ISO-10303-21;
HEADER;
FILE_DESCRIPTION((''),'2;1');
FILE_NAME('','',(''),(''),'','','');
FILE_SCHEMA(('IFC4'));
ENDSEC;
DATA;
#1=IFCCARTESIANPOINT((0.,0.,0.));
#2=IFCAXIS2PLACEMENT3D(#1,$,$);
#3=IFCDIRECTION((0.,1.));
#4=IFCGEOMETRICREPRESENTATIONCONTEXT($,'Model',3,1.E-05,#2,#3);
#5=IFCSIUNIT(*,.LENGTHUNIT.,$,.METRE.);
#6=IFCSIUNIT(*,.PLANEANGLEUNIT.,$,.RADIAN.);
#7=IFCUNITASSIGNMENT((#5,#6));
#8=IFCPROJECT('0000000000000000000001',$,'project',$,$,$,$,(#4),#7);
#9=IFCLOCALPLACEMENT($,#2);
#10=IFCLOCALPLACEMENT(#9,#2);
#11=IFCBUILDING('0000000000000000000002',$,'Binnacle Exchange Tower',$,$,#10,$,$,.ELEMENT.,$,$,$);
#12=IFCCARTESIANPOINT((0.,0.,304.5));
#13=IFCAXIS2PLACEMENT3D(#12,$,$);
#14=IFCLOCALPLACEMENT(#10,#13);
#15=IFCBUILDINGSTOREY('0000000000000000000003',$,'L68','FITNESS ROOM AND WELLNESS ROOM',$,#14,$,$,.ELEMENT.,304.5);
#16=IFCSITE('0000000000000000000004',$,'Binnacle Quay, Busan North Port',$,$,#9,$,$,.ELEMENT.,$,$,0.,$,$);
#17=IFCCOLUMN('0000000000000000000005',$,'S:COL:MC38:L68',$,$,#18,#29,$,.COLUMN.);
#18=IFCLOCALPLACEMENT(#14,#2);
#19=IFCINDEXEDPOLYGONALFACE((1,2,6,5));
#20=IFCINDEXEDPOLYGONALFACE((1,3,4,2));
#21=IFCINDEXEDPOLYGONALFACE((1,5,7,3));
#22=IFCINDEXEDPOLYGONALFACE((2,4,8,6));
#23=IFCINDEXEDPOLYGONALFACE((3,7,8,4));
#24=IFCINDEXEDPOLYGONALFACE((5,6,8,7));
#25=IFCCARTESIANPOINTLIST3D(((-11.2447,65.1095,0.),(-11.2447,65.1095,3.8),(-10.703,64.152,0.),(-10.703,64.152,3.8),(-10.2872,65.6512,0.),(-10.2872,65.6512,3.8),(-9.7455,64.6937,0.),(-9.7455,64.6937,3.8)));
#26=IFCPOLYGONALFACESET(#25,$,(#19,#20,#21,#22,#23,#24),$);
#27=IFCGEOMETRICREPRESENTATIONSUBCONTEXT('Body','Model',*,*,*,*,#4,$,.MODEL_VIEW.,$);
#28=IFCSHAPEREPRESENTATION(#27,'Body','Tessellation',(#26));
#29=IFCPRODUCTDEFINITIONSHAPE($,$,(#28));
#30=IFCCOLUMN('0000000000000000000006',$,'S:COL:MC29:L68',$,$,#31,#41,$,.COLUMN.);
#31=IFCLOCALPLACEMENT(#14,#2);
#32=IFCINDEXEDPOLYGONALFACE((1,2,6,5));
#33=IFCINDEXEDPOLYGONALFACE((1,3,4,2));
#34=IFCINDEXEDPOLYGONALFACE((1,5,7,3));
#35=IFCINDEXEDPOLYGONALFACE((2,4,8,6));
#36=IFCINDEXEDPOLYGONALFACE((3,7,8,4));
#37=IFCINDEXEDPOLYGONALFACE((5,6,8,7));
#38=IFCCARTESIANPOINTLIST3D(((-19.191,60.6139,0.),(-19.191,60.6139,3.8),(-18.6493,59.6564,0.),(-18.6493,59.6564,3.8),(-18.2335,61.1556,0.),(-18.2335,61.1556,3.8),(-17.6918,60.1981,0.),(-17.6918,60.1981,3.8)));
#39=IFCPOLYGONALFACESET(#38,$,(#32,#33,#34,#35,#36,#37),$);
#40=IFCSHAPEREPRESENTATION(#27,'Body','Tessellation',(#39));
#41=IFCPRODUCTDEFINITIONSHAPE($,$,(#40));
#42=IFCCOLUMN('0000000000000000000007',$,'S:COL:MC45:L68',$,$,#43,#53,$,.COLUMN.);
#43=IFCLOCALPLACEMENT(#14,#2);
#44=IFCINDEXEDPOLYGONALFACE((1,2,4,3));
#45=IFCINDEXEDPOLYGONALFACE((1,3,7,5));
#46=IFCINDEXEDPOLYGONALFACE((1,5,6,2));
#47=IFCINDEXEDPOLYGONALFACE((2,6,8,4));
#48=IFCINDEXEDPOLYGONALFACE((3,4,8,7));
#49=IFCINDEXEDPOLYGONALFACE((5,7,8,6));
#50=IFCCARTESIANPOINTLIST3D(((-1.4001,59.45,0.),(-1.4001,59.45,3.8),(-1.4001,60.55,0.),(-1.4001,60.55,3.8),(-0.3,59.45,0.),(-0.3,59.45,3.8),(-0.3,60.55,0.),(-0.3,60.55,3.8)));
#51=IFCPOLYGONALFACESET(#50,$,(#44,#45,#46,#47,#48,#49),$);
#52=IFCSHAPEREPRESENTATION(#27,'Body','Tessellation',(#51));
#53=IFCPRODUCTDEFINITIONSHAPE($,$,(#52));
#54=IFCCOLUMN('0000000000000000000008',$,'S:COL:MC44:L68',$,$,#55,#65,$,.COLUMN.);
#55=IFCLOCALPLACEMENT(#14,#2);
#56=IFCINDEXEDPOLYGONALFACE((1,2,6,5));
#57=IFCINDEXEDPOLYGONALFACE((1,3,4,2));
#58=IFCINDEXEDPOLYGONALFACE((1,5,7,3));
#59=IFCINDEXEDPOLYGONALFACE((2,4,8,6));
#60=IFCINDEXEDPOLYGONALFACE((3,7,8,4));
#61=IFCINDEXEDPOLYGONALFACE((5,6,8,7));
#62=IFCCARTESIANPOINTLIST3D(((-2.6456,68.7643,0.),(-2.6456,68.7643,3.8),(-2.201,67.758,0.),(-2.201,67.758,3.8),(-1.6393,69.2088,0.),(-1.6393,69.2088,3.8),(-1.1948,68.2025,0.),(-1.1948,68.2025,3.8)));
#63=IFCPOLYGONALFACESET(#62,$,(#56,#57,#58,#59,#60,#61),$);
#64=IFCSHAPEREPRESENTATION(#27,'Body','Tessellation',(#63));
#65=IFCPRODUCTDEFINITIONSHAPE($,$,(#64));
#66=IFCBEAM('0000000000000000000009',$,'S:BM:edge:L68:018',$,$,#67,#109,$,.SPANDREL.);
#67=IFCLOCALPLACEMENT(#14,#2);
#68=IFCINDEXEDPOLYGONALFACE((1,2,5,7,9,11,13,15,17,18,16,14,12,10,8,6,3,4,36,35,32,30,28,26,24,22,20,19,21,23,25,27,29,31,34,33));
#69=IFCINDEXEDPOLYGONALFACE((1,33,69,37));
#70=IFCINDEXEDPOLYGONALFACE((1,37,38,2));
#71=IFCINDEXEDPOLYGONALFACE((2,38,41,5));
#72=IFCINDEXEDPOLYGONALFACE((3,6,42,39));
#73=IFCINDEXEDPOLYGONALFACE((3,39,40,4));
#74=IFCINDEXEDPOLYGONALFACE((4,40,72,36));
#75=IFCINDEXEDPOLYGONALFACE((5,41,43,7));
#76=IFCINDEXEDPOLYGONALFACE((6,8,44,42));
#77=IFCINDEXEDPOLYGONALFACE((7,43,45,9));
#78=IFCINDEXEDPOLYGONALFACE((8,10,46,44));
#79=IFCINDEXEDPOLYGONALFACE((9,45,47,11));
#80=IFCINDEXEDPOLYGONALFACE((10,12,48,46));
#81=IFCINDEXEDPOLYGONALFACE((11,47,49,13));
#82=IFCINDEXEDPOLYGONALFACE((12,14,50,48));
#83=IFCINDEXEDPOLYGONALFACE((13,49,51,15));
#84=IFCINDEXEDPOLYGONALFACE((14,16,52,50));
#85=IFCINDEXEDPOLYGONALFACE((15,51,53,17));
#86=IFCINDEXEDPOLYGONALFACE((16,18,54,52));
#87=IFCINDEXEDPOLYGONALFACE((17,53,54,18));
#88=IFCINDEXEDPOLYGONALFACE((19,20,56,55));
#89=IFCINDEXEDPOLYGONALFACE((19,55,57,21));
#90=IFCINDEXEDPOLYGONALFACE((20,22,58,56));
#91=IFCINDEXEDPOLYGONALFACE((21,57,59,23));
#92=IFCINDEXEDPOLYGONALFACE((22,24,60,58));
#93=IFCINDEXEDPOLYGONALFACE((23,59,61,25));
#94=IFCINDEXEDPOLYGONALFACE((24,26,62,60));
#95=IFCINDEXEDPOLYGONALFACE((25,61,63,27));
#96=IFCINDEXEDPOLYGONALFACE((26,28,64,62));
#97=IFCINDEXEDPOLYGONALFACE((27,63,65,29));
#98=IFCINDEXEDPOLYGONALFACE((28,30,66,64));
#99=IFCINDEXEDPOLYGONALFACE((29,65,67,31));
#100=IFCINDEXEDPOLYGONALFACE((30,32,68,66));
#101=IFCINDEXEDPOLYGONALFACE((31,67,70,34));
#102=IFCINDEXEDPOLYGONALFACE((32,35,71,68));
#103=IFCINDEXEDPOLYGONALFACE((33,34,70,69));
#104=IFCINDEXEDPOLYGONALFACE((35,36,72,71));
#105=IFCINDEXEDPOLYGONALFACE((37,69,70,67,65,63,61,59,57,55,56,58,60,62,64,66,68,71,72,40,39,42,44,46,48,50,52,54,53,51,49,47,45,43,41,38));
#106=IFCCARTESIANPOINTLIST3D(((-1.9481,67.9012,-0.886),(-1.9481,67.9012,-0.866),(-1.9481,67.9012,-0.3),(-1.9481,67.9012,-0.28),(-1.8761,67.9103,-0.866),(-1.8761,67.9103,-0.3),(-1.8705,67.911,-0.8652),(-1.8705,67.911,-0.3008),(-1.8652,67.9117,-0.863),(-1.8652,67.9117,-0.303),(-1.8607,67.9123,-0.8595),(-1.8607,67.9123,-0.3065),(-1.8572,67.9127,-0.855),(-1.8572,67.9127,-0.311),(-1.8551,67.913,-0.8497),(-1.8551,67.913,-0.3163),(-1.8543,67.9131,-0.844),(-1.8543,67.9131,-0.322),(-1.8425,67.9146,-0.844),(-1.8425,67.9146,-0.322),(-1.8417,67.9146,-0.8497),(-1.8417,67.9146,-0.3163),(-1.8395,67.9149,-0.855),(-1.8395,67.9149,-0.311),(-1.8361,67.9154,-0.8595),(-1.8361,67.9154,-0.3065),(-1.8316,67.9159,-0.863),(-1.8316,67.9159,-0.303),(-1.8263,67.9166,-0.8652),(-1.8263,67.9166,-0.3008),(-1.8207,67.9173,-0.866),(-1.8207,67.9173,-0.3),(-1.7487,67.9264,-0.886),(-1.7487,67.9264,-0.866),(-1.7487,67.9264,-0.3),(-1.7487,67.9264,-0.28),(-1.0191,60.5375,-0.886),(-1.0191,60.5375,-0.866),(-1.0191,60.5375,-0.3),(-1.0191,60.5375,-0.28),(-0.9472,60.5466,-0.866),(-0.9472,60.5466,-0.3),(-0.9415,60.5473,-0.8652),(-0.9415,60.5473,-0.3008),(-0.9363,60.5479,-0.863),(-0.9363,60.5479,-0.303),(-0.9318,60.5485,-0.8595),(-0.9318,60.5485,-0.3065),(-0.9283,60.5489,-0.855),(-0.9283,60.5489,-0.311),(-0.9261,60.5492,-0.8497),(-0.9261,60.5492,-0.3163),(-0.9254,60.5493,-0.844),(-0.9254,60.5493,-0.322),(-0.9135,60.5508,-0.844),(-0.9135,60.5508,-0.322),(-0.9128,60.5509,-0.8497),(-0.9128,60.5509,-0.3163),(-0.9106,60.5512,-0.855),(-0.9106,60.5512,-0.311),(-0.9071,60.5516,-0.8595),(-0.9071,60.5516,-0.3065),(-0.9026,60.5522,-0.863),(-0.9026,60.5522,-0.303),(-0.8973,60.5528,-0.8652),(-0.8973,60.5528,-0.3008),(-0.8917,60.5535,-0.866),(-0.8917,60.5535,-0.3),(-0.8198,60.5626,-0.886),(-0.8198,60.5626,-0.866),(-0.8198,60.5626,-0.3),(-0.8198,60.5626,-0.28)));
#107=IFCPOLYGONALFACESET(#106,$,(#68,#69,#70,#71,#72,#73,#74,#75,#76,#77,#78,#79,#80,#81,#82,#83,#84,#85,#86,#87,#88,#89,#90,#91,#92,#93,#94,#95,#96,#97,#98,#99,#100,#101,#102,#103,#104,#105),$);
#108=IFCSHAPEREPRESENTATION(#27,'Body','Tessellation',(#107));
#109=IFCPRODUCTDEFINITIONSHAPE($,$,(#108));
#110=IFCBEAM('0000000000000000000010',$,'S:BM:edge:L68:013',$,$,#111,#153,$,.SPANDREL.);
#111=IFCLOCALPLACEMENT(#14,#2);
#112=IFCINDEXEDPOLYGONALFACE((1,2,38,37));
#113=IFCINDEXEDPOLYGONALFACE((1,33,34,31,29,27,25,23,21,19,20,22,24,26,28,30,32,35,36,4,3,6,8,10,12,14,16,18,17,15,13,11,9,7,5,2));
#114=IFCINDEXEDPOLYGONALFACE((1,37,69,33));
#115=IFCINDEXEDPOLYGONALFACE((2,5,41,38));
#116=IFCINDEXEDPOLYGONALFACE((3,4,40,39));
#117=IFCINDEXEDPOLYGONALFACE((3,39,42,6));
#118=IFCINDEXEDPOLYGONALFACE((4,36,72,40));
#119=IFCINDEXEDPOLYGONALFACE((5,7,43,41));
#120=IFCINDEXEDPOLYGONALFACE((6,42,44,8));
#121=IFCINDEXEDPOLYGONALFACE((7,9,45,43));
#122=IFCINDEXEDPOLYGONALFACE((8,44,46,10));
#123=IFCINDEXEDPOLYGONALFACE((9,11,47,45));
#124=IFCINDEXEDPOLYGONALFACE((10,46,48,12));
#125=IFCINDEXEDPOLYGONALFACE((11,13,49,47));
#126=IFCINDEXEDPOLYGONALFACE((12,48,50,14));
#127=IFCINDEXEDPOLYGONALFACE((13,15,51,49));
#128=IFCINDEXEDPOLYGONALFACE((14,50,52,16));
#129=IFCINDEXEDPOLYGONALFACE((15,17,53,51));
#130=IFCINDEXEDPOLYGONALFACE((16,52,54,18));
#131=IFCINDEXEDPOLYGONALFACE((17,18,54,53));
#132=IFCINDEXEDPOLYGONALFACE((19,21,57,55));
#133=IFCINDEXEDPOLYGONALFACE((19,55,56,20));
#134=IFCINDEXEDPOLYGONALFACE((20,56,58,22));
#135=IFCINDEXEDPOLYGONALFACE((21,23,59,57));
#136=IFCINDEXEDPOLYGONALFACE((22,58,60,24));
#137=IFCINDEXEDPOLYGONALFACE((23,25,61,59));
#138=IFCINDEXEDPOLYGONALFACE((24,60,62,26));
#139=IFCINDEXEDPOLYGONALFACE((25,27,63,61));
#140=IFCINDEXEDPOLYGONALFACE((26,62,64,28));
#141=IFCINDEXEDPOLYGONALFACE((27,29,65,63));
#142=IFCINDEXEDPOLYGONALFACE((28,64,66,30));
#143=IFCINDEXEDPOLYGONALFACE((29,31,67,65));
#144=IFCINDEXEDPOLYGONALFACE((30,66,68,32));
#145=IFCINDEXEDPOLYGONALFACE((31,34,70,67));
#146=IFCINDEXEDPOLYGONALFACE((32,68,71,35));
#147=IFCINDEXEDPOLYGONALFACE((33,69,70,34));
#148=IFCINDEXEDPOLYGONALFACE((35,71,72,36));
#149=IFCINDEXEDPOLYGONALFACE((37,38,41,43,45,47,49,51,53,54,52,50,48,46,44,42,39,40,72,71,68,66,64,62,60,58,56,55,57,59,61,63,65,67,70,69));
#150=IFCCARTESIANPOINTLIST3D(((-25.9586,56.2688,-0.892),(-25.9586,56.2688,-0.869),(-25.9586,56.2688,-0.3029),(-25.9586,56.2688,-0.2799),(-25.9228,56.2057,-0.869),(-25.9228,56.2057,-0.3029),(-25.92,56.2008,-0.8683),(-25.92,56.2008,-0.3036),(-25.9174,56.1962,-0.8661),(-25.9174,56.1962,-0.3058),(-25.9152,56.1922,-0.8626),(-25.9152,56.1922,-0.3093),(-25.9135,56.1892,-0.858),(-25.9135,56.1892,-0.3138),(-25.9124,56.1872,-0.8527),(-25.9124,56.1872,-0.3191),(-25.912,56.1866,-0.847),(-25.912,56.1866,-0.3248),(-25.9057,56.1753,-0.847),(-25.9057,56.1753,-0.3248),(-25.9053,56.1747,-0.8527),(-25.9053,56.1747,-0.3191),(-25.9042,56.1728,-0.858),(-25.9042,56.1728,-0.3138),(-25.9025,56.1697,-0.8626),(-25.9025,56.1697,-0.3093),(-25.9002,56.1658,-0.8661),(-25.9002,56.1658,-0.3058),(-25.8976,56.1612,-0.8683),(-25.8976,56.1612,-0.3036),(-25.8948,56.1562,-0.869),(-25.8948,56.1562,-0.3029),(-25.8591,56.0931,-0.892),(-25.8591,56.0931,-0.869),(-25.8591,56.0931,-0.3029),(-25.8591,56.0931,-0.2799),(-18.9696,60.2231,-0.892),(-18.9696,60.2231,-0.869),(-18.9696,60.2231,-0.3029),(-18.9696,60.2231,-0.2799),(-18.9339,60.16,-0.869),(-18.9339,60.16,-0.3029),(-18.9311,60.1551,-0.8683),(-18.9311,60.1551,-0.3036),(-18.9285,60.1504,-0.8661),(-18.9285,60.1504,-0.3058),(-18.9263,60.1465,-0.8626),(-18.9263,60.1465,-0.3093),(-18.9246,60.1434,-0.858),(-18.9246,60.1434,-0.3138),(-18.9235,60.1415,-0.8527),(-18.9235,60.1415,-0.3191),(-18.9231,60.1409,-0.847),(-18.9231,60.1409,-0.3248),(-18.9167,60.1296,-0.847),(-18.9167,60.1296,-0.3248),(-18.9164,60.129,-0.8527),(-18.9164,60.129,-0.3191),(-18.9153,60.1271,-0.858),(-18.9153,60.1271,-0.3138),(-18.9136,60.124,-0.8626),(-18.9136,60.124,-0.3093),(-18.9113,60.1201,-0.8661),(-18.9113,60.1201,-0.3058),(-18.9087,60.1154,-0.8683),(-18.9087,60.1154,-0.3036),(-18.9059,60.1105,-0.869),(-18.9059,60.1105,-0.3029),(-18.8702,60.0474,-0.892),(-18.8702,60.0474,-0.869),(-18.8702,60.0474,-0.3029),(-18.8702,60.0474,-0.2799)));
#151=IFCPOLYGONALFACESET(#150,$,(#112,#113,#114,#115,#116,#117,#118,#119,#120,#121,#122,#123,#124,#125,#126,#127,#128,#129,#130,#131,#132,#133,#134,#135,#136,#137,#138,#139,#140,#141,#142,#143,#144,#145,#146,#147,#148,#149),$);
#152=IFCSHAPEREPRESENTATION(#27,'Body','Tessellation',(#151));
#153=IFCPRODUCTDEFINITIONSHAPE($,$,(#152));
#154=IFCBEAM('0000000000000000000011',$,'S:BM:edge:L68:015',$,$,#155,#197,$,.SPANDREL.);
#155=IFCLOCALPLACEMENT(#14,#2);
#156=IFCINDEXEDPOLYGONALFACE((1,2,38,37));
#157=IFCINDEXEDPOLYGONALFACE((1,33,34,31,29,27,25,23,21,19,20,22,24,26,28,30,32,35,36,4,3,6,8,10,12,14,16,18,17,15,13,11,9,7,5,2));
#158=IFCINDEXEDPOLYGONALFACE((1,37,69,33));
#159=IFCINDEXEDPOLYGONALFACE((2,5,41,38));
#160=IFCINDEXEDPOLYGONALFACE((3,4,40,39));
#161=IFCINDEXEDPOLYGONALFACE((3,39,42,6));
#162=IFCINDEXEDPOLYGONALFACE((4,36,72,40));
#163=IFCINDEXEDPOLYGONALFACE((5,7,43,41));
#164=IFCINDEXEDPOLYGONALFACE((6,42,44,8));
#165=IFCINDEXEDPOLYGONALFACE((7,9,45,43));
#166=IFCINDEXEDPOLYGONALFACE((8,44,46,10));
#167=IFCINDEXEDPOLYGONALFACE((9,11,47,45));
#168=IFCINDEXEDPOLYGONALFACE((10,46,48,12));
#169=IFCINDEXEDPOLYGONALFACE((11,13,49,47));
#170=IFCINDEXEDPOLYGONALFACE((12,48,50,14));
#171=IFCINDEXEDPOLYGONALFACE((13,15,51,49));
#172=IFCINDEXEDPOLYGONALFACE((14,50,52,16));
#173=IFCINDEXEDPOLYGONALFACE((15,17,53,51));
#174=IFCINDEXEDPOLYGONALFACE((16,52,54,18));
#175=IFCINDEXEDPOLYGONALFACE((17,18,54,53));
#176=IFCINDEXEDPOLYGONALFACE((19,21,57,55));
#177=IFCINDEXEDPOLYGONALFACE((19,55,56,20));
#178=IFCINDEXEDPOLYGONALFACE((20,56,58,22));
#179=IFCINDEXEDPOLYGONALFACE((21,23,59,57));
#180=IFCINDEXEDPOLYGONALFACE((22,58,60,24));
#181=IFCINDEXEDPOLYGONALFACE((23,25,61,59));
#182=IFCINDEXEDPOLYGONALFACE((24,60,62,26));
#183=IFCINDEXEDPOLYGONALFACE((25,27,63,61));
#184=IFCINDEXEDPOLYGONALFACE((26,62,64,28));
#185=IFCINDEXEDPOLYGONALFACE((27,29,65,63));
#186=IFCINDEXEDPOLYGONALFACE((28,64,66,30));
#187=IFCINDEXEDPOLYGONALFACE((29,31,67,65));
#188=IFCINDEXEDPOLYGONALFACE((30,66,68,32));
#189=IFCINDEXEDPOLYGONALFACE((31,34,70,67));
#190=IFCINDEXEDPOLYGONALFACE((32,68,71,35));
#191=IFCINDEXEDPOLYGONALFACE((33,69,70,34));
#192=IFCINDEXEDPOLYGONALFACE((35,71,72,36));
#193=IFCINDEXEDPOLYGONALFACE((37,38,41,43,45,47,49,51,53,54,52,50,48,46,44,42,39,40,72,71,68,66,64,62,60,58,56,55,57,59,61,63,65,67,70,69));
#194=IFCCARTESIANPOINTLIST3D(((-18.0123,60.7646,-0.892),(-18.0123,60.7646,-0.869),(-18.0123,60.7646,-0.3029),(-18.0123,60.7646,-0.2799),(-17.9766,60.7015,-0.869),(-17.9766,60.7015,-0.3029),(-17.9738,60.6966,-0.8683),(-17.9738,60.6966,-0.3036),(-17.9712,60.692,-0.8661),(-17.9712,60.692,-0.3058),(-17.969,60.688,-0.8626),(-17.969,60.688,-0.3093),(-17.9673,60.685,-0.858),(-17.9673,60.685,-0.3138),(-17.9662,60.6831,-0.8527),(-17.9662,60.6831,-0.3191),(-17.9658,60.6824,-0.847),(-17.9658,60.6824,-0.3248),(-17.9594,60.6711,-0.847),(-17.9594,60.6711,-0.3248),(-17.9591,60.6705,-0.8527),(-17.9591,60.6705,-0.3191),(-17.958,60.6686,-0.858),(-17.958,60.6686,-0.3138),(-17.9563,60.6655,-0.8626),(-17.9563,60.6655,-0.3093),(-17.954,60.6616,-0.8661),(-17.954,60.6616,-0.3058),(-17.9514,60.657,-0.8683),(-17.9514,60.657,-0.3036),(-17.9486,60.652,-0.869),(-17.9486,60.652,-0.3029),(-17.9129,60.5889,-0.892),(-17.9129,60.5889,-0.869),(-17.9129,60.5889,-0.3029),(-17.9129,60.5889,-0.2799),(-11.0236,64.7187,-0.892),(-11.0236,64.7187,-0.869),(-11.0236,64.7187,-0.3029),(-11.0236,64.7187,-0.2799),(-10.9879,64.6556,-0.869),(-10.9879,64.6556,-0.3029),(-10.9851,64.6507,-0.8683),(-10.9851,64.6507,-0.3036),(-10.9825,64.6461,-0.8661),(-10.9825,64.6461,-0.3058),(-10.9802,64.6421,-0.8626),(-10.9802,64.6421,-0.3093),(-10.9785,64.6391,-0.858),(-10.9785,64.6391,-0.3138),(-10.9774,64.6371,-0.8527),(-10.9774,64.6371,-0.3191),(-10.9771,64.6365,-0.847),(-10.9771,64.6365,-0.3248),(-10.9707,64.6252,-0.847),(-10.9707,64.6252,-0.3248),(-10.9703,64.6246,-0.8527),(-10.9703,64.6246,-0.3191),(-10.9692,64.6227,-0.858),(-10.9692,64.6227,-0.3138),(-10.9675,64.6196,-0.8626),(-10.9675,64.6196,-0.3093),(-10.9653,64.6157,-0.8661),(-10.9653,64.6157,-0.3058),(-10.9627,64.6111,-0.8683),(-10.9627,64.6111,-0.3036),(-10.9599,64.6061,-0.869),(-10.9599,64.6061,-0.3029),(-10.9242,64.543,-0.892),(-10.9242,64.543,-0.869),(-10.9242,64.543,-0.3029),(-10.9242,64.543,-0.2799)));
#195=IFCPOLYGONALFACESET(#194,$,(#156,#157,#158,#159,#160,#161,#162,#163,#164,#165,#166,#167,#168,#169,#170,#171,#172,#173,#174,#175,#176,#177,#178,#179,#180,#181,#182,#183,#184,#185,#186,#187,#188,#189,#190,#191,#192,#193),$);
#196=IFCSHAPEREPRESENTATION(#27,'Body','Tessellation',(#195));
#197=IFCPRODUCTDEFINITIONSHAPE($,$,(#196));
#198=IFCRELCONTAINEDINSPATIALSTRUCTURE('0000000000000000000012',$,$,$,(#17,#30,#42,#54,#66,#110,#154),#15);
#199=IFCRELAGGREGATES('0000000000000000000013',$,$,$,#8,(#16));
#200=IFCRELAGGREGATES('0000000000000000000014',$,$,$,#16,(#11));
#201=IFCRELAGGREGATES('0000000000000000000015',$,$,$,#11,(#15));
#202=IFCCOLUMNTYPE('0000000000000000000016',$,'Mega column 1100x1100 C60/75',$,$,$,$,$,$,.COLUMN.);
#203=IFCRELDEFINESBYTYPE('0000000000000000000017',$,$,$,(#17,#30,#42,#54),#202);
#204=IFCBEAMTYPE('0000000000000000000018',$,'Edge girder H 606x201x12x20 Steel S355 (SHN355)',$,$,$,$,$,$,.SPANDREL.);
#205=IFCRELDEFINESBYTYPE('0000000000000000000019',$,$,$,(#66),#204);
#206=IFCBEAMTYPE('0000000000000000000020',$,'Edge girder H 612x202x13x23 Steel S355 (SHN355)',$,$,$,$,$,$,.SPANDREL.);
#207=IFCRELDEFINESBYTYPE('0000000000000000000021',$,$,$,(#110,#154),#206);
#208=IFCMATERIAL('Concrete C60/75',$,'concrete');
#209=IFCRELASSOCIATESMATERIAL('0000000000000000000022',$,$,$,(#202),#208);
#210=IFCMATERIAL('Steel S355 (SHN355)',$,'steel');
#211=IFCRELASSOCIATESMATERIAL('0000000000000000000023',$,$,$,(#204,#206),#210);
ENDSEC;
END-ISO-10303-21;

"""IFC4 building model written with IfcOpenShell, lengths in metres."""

from ifc_helpers import new_model, si_unit, direction, frame, origin, origin_2d, place, context, subcontext, project, spatial, rectangle, i_section, extrude, material, material_profile, profile_set, type_object, element, save


model = new_model("IFC4")

# Units and contexts
model_context = context("Model", 3, precision=1e-05, world=origin(), true_north=direction((0.0, 1.0)))
body_context = subcontext(model_context, "Body", "Model", "MODEL_VIEW")
ifc_project = project(units=[si_unit("LENGTHUNIT", "METRE"), si_unit("PLANEANGLEUNIT", "RADIAN")], contexts=[model_context])

# Site, building, storey
site_placement = place(None, origin())
site = spatial("IfcSite", under=ifc_project, at=site_placement, Name="Binnacle Quay, Busan North Port", CompositionType="ELEMENT", RefElevation=0.0)
building_placement = place(site_placement, origin())
building = spatial("IfcBuilding", under=site, at=building_placement, Name="Binnacle Exchange Tower", CompositionType="ELEMENT")
storey_placement = place(building_placement, frame((0.0, 0.0, 304.5)))
storey = spatial("IfcBuildingStorey", under=building, at=storey_placement, Name="L68", Description="FITNESS ROOM AND WELLNESS ROOM", CompositionType="ELEMENT", Elevation=304.5)

# Columns
ifc_material_1 = material(Name="Concrete C60/75", Category="concrete")
ifc_material_profile_1 = material_profile(ifc_material_1, rectangle(XDim=1.1001, YDim=1.1001, at=origin_2d()), Name="Mega column 1100x1100 C60/75")
ifc_profile_set_1 = profile_set([ifc_material_profile_1], Name="Concrete C60/75")
column_type = type_object("IfcColumnType", Name="Mega column 1100x1100 C60/75", PredefinedType="COLUMN", material=ifc_profile_set_1)
for number, where, z_axis, x_axis, name in (
    (1, (-10.4951, 64.9016, 0.0), (0.0, 0.0, 1.0), (-0.870356, -0.492424, 0.0), "S:COL:MC38:L68"),
    (2, (-18.4414, 60.406, 0.0), (0.0, 0.0, 1.0), (-0.870356, -0.492424, 0.0), "S:COL:MC29:L68"),
    (3, (-0.8501, 60.0, 0.0), (0.0, 0.0, 1.0), (0.0, 1.0, 0.0), "S:COL:MC45:L68"),
    (4, (-1.9202, 68.4834, 0.0), (0.0, 0.0, 1.0), (-0.914713, -0.404104, 0.0), "S:COL:MC44:L68"),
):
    element("IfcColumn", number, at=place(storey_placement, frame(where, z_axis=z_axis, x_axis=x_axis)), inside=storey, type_object=column_type, Name=name, PredefinedType="COLUMN", context=body_context, shape_type="SweptSolid", body=[
        extrude(rectangle(XDim=1.1001, YDim=1.1001, at=origin_2d()), origin(), (0.0, 0.0, 1.0), 3.8),
    ])

# Beams
ifc_material_2 = material(Name="Steel S355 (SHN355)", Category="steel")
ifc_material_profile_2 = material_profile(ifc_material_2, i_section(OverallWidth=0.2009, OverallDepth=0.606, WebThickness=0.012, FlangeThickness=0.02, FilletRadius=0.022, at=origin_2d()), Name="H 606x201x12x20")
ifc_profile_set_2 = profile_set([ifc_material_profile_2], Name="Steel S355 (SHN355)")
beam_type_1 = type_object("IfcBeamType", Name="Edge girder H 606x201x12x20 Steel S355 (SHN355)", PredefinedType="SPANDREL", material=ifc_profile_set_2)
beam_1_placement = place(storey_placement, frame((-0.9194, 60.55, -0.583), z_axis=(-0.12516, 0.992137, 0.0), x_axis=(-0.992137, -0.12516, 0.0)))
element("IfcBeam", 5, at=beam_1_placement, inside=storey, type_object=beam_type_1, Name="S:BM:edge:L68:018", PredefinedType="SPANDREL", context=body_context, shape_type="SweptSolid", body=[
    extrude(i_section(OverallWidth=0.2009, OverallDepth=0.606, WebThickness=0.012, FlangeThickness=0.02, FilletRadius=0.022, at=origin_2d()), origin(), (0.0, 0.0, 1.0), 7.4221),
])
ifc_material_profile_3 = material_profile(ifc_material_2, i_section(OverallWidth=0.2019, OverallDepth=0.6121, WebThickness=0.0129, FlangeThickness=0.0229, FilletRadius=0.022, at=origin_2d()), Name="H 612x202x13x23")
ifc_profile_set_3 = profile_set([ifc_material_profile_3], Name="Steel S355 (SHN355)")
beam_type_2 = type_object("IfcBeamType", Name="Edge girder H 612x202x13x23 Steel S355 (SHN355)", PredefinedType="SPANDREL", material=ifc_profile_set_3)
beam_2_placement = place(storey_placement, frame((-18.9199, 60.1353, -0.5859), z_axis=(-0.870348, -0.492438, 0.0), x_axis=(0.492438, -0.870348, 0.0)))
element("IfcBeam", 6, at=beam_2_placement, inside=storey, type_object=beam_type_2, Name="S:BM:edge:L68:013", PredefinedType="SPANDREL", context=body_context, shape_type="SweptSolid", body=[
    extrude(i_section(OverallWidth=0.2019, OverallDepth=0.6121, WebThickness=0.0129, FlangeThickness=0.0229, FilletRadius=0.022, at=origin_2d()), origin(), (0.0, 0.0, 1.0), 8.03),
])
beam_3_placement = place(storey_placement, frame((-10.9739, 64.6309, -0.5859), z_axis=(-0.870353, -0.492428, 0.0), x_axis=(0.492428, -0.870353, 0.0)))
element("IfcBeam", 7, at=beam_3_placement, inside=storey, type_object=beam_type_2, Name="S:BM:edge:L68:015", PredefinedType="SPANDREL", context=body_context, shape_type="SweptSolid", body=[
    extrude(i_section(OverallWidth=0.2019, OverallDepth=0.6121, WebThickness=0.0129, FlangeThickness=0.0229, FilletRadius=0.022, at=origin_2d()), origin(), (0.0, 0.0, 1.0), 8.0298),
])

save(model, "model.ifc")
